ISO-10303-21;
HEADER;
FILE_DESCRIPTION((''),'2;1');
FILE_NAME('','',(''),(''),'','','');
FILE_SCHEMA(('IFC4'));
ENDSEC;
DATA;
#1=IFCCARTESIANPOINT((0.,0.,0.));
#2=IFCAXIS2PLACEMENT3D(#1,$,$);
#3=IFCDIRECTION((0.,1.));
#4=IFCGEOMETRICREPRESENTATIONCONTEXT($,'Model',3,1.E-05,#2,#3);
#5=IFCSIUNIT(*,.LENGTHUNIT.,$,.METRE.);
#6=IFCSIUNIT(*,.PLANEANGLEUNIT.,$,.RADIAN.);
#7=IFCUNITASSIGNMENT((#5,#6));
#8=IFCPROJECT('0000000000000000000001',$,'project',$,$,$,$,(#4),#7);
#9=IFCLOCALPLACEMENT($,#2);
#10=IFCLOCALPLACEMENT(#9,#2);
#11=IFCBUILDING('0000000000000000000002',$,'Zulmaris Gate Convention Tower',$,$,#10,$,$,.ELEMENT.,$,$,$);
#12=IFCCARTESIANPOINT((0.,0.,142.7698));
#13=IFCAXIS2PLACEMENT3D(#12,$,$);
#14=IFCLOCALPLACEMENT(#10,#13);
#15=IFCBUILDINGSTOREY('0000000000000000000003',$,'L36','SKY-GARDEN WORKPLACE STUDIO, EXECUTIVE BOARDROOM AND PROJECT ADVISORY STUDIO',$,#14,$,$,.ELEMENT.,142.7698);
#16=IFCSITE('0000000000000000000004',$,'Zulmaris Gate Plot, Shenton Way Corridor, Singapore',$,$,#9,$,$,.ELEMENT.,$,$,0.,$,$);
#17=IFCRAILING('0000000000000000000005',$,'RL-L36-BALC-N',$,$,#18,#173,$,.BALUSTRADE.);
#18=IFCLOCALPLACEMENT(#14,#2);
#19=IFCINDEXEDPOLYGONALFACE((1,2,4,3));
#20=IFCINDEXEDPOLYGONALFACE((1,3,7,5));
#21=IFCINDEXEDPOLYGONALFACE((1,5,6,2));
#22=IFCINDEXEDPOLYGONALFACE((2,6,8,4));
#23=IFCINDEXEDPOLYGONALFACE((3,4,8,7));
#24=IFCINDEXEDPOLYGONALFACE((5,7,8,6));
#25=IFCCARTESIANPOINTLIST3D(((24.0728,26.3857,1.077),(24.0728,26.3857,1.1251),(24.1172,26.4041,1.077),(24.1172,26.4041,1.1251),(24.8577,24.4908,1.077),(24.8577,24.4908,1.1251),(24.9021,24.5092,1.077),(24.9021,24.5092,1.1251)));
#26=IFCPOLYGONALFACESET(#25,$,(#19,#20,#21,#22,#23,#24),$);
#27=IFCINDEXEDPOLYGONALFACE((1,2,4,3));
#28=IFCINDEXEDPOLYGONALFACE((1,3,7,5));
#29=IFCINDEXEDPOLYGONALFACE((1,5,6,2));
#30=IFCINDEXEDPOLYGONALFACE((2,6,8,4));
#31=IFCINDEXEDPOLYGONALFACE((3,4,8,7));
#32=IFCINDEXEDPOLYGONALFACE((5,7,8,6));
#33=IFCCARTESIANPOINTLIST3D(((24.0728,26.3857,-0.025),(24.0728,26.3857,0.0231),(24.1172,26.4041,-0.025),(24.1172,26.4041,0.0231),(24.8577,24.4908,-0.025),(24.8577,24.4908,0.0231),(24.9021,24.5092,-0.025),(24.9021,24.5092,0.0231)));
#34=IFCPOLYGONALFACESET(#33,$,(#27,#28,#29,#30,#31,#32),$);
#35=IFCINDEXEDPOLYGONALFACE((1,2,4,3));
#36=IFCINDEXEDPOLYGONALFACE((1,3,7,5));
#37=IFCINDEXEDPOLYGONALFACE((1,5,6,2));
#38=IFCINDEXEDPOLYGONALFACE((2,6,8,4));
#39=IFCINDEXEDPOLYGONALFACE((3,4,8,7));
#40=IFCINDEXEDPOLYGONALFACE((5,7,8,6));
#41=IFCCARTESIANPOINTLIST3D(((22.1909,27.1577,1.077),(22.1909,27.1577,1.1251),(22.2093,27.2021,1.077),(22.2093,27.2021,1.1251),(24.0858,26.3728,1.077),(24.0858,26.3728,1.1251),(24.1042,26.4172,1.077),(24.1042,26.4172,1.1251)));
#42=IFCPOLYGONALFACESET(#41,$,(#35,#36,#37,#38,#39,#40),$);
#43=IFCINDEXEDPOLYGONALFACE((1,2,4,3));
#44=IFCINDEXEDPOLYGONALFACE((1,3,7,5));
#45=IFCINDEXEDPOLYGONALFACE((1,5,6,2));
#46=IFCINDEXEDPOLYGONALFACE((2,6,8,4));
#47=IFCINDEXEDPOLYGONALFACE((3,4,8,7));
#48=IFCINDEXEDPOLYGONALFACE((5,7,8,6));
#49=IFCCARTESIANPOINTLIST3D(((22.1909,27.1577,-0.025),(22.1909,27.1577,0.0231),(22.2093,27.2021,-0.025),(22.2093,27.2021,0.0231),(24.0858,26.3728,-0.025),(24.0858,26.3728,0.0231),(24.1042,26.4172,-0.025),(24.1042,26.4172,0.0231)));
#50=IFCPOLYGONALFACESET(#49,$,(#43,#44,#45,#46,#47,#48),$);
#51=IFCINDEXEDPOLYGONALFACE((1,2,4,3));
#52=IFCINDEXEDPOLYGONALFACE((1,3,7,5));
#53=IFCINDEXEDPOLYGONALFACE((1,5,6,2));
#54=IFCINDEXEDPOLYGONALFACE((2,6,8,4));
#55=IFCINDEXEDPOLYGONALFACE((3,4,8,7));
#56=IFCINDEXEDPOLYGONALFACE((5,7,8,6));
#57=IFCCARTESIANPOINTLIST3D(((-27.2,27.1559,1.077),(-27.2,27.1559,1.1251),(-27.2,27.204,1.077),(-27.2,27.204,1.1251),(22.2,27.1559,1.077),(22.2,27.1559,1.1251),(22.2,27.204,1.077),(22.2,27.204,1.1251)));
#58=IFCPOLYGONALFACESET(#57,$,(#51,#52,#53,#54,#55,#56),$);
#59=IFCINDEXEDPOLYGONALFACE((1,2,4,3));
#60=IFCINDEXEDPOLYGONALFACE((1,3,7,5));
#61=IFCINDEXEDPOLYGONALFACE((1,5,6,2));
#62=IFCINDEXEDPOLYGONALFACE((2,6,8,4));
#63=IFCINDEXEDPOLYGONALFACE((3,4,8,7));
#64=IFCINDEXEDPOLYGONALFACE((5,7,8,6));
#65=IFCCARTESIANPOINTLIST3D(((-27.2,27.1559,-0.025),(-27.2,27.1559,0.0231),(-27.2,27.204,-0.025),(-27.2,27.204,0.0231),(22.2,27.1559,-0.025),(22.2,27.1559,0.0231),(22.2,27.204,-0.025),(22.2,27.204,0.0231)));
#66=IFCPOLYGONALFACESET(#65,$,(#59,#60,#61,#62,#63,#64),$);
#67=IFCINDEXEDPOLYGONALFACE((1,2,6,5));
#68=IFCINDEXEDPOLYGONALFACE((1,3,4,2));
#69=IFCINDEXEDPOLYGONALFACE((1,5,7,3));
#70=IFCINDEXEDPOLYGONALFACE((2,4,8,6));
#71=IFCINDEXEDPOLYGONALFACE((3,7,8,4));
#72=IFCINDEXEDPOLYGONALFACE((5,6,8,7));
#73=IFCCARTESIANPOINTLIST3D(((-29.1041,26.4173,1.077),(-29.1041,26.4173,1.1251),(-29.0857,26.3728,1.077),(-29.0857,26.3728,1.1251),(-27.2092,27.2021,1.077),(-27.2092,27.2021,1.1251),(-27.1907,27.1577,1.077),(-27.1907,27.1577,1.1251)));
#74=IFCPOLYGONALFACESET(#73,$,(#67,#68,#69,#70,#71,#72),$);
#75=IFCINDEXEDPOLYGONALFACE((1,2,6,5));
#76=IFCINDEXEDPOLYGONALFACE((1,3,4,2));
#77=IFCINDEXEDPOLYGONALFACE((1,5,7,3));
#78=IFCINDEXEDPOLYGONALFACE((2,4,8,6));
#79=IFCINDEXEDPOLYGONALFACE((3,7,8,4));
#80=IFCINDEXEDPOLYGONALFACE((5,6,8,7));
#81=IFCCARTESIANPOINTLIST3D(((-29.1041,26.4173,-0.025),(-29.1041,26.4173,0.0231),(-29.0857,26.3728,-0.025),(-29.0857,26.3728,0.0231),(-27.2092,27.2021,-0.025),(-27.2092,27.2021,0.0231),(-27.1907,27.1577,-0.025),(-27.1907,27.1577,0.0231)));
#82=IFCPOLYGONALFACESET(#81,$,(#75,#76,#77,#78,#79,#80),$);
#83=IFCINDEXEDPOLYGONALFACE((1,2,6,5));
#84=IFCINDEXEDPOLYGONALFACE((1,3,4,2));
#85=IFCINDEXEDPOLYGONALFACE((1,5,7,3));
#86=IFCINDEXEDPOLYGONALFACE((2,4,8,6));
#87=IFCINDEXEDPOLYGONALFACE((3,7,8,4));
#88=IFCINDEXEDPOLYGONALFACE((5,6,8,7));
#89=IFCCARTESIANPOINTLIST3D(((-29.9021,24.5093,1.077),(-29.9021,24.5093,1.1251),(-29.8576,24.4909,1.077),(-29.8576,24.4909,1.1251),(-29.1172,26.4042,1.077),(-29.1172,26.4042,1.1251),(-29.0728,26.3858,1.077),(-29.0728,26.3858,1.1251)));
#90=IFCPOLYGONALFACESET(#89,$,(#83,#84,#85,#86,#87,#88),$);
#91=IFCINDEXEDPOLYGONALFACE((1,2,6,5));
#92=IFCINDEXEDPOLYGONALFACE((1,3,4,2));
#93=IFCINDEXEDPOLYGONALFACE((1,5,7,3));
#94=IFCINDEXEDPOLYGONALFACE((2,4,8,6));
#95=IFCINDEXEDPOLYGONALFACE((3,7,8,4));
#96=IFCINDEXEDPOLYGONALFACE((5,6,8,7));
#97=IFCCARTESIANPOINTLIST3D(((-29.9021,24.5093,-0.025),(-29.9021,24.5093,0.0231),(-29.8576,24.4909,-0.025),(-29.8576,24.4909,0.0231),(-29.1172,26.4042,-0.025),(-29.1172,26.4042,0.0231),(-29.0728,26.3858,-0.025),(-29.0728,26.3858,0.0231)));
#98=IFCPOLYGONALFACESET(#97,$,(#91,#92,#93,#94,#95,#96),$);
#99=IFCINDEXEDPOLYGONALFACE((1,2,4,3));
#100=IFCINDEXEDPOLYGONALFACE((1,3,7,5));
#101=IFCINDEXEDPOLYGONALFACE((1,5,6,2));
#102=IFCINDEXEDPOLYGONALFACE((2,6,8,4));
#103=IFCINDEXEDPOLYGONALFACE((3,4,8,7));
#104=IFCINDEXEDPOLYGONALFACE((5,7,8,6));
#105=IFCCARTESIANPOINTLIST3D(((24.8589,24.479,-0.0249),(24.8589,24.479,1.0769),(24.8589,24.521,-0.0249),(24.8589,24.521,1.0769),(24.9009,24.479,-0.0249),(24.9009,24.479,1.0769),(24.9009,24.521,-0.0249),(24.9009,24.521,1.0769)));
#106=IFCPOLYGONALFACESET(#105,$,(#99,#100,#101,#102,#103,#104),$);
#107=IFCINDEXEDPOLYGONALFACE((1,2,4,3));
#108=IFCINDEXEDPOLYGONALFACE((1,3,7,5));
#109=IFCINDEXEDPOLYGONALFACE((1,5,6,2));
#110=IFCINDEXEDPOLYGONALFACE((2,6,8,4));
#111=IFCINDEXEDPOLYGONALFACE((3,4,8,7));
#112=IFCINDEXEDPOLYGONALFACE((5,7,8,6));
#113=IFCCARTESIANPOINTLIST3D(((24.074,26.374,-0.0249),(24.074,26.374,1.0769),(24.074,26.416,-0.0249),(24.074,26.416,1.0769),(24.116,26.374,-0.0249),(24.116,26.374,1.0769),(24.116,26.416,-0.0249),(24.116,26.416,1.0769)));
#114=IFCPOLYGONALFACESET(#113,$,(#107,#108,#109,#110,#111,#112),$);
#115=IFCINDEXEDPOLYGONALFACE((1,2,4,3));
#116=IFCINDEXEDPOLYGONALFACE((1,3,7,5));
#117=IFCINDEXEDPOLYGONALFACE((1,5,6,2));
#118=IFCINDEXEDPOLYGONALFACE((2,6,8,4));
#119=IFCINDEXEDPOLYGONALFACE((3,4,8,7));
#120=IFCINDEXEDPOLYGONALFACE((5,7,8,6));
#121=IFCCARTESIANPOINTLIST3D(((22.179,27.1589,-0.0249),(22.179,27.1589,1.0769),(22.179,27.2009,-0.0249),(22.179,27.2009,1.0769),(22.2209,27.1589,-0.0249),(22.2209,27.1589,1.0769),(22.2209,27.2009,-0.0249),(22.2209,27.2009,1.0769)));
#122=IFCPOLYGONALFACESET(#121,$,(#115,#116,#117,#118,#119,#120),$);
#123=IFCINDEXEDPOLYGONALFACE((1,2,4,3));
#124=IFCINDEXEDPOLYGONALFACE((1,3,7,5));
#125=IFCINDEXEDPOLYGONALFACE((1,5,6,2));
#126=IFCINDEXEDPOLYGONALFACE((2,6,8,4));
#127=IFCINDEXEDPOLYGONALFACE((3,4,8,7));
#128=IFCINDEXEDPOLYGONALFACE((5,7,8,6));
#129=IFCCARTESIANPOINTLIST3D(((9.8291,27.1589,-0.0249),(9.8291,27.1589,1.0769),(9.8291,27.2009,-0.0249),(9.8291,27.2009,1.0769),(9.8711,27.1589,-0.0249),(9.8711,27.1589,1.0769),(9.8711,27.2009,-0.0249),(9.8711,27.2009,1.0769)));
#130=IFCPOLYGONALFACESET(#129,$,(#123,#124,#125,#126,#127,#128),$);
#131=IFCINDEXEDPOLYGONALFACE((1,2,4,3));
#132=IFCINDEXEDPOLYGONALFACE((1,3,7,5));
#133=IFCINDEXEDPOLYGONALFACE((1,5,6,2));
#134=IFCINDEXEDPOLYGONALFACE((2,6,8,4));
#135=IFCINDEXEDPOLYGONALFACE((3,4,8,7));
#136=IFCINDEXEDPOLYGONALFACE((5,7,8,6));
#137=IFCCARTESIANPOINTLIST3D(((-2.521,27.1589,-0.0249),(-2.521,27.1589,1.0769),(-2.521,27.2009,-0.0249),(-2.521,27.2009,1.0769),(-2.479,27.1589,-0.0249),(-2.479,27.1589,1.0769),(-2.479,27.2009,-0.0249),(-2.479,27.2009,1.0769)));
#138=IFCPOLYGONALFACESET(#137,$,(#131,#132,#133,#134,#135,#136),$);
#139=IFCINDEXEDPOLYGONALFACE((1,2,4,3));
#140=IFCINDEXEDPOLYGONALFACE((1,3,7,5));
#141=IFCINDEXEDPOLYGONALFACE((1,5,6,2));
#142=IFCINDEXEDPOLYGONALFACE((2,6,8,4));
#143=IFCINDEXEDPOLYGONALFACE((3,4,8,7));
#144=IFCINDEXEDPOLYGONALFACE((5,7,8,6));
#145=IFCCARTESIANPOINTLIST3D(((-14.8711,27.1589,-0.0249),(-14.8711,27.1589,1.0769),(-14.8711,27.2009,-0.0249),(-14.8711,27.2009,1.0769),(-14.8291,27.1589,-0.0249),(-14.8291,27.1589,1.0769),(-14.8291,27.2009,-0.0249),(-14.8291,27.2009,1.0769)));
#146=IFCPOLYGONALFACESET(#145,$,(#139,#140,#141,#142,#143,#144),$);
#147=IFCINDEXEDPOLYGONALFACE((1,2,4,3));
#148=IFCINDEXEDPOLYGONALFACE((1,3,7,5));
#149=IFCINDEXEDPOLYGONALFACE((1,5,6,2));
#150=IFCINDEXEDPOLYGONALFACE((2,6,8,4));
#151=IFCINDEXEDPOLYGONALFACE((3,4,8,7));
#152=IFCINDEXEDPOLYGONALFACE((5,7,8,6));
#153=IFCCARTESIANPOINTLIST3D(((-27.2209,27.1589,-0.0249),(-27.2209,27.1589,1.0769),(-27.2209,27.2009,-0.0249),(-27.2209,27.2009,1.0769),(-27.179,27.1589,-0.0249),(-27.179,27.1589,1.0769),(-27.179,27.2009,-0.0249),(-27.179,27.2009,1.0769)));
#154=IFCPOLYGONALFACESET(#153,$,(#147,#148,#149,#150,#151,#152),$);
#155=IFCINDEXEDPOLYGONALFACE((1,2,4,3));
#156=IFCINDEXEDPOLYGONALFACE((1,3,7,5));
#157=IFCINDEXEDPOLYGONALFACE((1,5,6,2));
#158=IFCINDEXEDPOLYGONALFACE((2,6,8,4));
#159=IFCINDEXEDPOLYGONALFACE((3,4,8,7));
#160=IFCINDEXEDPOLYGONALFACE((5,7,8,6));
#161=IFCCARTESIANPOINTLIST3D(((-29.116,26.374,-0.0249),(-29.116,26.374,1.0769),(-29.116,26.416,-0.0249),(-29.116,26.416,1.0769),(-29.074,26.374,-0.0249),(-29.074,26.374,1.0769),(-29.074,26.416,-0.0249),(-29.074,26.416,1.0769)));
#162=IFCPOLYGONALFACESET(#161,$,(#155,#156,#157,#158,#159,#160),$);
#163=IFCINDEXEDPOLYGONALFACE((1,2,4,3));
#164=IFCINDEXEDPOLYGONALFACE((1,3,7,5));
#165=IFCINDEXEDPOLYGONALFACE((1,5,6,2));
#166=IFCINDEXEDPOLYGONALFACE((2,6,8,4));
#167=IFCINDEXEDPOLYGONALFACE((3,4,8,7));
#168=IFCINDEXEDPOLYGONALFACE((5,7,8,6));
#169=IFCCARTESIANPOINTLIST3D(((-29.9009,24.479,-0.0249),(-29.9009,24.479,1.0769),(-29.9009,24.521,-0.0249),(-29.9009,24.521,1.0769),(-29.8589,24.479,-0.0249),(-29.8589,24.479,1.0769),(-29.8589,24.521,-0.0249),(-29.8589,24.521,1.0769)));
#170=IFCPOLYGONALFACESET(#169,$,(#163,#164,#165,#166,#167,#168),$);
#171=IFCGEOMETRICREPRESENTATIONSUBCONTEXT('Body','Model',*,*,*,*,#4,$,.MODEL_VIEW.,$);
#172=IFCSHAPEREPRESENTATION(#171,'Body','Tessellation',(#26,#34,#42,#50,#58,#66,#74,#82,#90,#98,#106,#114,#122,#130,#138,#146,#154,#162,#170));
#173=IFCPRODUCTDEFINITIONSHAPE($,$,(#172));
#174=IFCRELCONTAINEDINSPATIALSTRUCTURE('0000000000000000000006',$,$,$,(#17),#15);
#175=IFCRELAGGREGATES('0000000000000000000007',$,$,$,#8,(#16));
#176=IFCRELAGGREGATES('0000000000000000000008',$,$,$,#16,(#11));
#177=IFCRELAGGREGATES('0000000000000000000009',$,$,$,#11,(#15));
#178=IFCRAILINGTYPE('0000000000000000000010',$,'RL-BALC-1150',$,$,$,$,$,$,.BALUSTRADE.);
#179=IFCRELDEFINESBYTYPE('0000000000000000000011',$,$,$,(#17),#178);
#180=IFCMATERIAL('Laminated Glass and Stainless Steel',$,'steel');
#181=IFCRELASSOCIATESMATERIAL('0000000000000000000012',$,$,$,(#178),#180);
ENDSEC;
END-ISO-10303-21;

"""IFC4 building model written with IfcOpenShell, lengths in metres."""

from ifc_helpers import new_model, si_unit, direction, frame, origin, origin_2d, place, context, subcontext, project, spatial, rectangle, extrude, material, type_object, element, save


model = new_model("IFC4")

# Units and contexts
model_context = context("Model", 3, precision=1e-05, world=origin(), true_north=direction((0.0, 1.0)))
body_context = subcontext(model_context, "Body", "Model", "MODEL_VIEW")
ifc_project = project(units=[si_unit("LENGTHUNIT", "METRE"), si_unit("PLANEANGLEUNIT", "RADIAN")], contexts=[model_context])

# Site, building, storey
site_placement = place(None, origin())
site = spatial("IfcSite", under=ifc_project, at=site_placement, Name="Zulmaris Gate Plot, Shenton Way Corridor, Singapore", CompositionType="ELEMENT", RefElevation=0.0)
building_placement = place(site_placement, origin())
building = spatial("IfcBuilding", under=site, at=building_placement, Name="Zulmaris Gate Convention Tower", CompositionType="ELEMENT")
storey_placement = place(building_placement, frame((0.0, 0.0, 142.7698)))
storey = spatial("IfcBuildingStorey", under=building, at=storey_placement, Name="L36", Description="SKY-GARDEN WORKPLACE STUDIO, EXECUTIVE BOARDROOM AND PROJECT ADVISORY STUDIO", CompositionType="ELEMENT", Elevation=142.7698)

# Railing
ifc_material_1 = material(Name="Laminated Glass and Stainless Steel", Category="steel")
railing_type = type_object("IfcRailingType", Name="RL-BALC-1150", PredefinedType="BALUSTRADE", material=ifc_material_1)
railing_placement = place(storey_placement, frame((24.8799, 24.5, -0.0249)))
element("IfcRailing", 1, at=railing_placement, inside=storey, type_object=railing_type, Name="RL-L36-BALC-N", PredefinedType="BALUSTRADE", context=body_context, shape_type="SweptSolid", body=[
    extrude(rectangle(XDim=0.0481, YDim=0.0481, at=origin_2d()), frame((0.0, 0.0, 1.126), z_axis=(-0.382671, 0.923885, 0.0), x_axis=(-0.923885, -0.382671, 0.0)), (0.0, 0.0, 1.0), 2.051),
    extrude(rectangle(XDim=0.0481, YDim=0.0481, at=origin_2d()), frame((0.0, 0.0, 0.0239), z_axis=(-0.382671, 0.923885, 0.0), x_axis=(-0.923885, -0.382671, 0.0)), (0.0, 0.0, 1.0), 2.051),
    extrude(rectangle(XDim=0.0481, YDim=0.0481, at=origin_2d()), frame((-0.7849, 1.895, 1.126), z_axis=(-0.923885, 0.382671, 0.0), x_axis=(-0.382671, -0.923885, 0.0)), (0.0, 0.0, 1.0), 2.051),
    extrude(rectangle(XDim=0.0481, YDim=0.0481, at=origin_2d()), frame((-0.7849, 1.895, 0.0239), z_axis=(-0.923885, 0.382671, 0.0), x_axis=(-0.382671, -0.923885, 0.0)), (0.0, 0.0, 1.0), 2.051),
    extrude(rectangle(XDim=0.0481, YDim=0.0481, at=origin_2d()), frame((-2.6799, 2.6799, 1.126), z_axis=(-1.0, 0.0, 0.0), x_axis=(0.0, -1.0, 0.0)), (0.0, 0.0, 1.0), 49.3999),
    extrude(rectangle(XDim=0.0481, YDim=0.0481, at=origin_2d()), frame((-2.6799, 2.6799, 0.0239), z_axis=(-1.0, 0.0, 0.0), x_axis=(0.0, -1.0, 0.0)), (0.0, 0.0, 1.0), 49.3999),
    extrude(rectangle(XDim=0.0481, YDim=0.0481, at=origin_2d()), frame((-52.0798, 2.6799, 1.126), z_axis=(-0.923885, -0.382671, 0.0), x_axis=(0.382671, -0.923885, 0.0)), (0.0, 0.0, 1.0), 2.051),
    extrude(rectangle(XDim=0.0481, YDim=0.0481, at=origin_2d()), frame((-52.0798, 2.6799, 0.0239), z_axis=(-0.923885, -0.382671, 0.0), x_axis=(0.382671, -0.923885, 0.0)), (0.0, 0.0, 1.0), 2.051),
    extrude(rectangle(XDim=0.0481, YDim=0.0481, at=origin_2d()), frame((-53.9749, 1.895, 1.126), z_axis=(-0.382671, -0.923885, 0.0), x_axis=(0.923885, -0.382671, 0.0)), (0.0, 0.0, 1.0), 2.051),
    extrude(rectangle(XDim=0.0481, YDim=0.0481, at=origin_2d()), frame((-53.9749, 1.895, 0.0239), z_axis=(-0.382671, -0.923885, 0.0), x_axis=(0.923885, -0.382671, 0.0)), (0.0, 0.0, 1.0), 2.051),
    extrude(rectangle(XDim=0.042, YDim=0.042, at=origin_2d()), origin(), (0.0, 0.0, 1.0), 1.1018),
    extrude(rectangle(XDim=0.042, YDim=0.042, at=origin_2d()), frame((-0.7849, 1.895, 0.0)), (0.0, 0.0, 1.0), 1.1018),
    extrude(rectangle(XDim=0.042, YDim=0.042, at=origin_2d()), frame((-2.6799, 2.6799, 0.0)), (0.0, 0.0, 1.0), 1.1018),
    extrude(rectangle(XDim=0.042, YDim=0.042, at=origin_2d()), frame((-15.0298, 2.6799, 0.0)), (0.0, 0.0, 1.0), 1.1018),
    extrude(rectangle(XDim=0.042, YDim=0.042, at=origin_2d()), frame((-27.3799, 2.6799, 0.0)), (0.0, 0.0, 1.0), 1.1018),
    extrude(rectangle(XDim=0.042, YDim=0.042, at=origin_2d()), frame((-39.73, 2.6799, 0.0)), (0.0, 0.0, 1.0), 1.1018),
    extrude(rectangle(XDim=0.042, YDim=0.042, at=origin_2d()), frame((-52.0798, 2.6799, 0.0)), (0.0, 0.0, 1.0), 1.1018),
    extrude(rectangle(XDim=0.042, YDim=0.042, at=origin_2d()), frame((-53.9749, 1.895, 0.0)), (0.0, 0.0, 1.0), 1.1018),
    extrude(rectangle(XDim=0.042, YDim=0.042, at=origin_2d()), frame((-54.7598, 0.0, 0.0)), (0.0, 0.0, 1.0), 1.1018),
])

save(model, "model.ifc")
